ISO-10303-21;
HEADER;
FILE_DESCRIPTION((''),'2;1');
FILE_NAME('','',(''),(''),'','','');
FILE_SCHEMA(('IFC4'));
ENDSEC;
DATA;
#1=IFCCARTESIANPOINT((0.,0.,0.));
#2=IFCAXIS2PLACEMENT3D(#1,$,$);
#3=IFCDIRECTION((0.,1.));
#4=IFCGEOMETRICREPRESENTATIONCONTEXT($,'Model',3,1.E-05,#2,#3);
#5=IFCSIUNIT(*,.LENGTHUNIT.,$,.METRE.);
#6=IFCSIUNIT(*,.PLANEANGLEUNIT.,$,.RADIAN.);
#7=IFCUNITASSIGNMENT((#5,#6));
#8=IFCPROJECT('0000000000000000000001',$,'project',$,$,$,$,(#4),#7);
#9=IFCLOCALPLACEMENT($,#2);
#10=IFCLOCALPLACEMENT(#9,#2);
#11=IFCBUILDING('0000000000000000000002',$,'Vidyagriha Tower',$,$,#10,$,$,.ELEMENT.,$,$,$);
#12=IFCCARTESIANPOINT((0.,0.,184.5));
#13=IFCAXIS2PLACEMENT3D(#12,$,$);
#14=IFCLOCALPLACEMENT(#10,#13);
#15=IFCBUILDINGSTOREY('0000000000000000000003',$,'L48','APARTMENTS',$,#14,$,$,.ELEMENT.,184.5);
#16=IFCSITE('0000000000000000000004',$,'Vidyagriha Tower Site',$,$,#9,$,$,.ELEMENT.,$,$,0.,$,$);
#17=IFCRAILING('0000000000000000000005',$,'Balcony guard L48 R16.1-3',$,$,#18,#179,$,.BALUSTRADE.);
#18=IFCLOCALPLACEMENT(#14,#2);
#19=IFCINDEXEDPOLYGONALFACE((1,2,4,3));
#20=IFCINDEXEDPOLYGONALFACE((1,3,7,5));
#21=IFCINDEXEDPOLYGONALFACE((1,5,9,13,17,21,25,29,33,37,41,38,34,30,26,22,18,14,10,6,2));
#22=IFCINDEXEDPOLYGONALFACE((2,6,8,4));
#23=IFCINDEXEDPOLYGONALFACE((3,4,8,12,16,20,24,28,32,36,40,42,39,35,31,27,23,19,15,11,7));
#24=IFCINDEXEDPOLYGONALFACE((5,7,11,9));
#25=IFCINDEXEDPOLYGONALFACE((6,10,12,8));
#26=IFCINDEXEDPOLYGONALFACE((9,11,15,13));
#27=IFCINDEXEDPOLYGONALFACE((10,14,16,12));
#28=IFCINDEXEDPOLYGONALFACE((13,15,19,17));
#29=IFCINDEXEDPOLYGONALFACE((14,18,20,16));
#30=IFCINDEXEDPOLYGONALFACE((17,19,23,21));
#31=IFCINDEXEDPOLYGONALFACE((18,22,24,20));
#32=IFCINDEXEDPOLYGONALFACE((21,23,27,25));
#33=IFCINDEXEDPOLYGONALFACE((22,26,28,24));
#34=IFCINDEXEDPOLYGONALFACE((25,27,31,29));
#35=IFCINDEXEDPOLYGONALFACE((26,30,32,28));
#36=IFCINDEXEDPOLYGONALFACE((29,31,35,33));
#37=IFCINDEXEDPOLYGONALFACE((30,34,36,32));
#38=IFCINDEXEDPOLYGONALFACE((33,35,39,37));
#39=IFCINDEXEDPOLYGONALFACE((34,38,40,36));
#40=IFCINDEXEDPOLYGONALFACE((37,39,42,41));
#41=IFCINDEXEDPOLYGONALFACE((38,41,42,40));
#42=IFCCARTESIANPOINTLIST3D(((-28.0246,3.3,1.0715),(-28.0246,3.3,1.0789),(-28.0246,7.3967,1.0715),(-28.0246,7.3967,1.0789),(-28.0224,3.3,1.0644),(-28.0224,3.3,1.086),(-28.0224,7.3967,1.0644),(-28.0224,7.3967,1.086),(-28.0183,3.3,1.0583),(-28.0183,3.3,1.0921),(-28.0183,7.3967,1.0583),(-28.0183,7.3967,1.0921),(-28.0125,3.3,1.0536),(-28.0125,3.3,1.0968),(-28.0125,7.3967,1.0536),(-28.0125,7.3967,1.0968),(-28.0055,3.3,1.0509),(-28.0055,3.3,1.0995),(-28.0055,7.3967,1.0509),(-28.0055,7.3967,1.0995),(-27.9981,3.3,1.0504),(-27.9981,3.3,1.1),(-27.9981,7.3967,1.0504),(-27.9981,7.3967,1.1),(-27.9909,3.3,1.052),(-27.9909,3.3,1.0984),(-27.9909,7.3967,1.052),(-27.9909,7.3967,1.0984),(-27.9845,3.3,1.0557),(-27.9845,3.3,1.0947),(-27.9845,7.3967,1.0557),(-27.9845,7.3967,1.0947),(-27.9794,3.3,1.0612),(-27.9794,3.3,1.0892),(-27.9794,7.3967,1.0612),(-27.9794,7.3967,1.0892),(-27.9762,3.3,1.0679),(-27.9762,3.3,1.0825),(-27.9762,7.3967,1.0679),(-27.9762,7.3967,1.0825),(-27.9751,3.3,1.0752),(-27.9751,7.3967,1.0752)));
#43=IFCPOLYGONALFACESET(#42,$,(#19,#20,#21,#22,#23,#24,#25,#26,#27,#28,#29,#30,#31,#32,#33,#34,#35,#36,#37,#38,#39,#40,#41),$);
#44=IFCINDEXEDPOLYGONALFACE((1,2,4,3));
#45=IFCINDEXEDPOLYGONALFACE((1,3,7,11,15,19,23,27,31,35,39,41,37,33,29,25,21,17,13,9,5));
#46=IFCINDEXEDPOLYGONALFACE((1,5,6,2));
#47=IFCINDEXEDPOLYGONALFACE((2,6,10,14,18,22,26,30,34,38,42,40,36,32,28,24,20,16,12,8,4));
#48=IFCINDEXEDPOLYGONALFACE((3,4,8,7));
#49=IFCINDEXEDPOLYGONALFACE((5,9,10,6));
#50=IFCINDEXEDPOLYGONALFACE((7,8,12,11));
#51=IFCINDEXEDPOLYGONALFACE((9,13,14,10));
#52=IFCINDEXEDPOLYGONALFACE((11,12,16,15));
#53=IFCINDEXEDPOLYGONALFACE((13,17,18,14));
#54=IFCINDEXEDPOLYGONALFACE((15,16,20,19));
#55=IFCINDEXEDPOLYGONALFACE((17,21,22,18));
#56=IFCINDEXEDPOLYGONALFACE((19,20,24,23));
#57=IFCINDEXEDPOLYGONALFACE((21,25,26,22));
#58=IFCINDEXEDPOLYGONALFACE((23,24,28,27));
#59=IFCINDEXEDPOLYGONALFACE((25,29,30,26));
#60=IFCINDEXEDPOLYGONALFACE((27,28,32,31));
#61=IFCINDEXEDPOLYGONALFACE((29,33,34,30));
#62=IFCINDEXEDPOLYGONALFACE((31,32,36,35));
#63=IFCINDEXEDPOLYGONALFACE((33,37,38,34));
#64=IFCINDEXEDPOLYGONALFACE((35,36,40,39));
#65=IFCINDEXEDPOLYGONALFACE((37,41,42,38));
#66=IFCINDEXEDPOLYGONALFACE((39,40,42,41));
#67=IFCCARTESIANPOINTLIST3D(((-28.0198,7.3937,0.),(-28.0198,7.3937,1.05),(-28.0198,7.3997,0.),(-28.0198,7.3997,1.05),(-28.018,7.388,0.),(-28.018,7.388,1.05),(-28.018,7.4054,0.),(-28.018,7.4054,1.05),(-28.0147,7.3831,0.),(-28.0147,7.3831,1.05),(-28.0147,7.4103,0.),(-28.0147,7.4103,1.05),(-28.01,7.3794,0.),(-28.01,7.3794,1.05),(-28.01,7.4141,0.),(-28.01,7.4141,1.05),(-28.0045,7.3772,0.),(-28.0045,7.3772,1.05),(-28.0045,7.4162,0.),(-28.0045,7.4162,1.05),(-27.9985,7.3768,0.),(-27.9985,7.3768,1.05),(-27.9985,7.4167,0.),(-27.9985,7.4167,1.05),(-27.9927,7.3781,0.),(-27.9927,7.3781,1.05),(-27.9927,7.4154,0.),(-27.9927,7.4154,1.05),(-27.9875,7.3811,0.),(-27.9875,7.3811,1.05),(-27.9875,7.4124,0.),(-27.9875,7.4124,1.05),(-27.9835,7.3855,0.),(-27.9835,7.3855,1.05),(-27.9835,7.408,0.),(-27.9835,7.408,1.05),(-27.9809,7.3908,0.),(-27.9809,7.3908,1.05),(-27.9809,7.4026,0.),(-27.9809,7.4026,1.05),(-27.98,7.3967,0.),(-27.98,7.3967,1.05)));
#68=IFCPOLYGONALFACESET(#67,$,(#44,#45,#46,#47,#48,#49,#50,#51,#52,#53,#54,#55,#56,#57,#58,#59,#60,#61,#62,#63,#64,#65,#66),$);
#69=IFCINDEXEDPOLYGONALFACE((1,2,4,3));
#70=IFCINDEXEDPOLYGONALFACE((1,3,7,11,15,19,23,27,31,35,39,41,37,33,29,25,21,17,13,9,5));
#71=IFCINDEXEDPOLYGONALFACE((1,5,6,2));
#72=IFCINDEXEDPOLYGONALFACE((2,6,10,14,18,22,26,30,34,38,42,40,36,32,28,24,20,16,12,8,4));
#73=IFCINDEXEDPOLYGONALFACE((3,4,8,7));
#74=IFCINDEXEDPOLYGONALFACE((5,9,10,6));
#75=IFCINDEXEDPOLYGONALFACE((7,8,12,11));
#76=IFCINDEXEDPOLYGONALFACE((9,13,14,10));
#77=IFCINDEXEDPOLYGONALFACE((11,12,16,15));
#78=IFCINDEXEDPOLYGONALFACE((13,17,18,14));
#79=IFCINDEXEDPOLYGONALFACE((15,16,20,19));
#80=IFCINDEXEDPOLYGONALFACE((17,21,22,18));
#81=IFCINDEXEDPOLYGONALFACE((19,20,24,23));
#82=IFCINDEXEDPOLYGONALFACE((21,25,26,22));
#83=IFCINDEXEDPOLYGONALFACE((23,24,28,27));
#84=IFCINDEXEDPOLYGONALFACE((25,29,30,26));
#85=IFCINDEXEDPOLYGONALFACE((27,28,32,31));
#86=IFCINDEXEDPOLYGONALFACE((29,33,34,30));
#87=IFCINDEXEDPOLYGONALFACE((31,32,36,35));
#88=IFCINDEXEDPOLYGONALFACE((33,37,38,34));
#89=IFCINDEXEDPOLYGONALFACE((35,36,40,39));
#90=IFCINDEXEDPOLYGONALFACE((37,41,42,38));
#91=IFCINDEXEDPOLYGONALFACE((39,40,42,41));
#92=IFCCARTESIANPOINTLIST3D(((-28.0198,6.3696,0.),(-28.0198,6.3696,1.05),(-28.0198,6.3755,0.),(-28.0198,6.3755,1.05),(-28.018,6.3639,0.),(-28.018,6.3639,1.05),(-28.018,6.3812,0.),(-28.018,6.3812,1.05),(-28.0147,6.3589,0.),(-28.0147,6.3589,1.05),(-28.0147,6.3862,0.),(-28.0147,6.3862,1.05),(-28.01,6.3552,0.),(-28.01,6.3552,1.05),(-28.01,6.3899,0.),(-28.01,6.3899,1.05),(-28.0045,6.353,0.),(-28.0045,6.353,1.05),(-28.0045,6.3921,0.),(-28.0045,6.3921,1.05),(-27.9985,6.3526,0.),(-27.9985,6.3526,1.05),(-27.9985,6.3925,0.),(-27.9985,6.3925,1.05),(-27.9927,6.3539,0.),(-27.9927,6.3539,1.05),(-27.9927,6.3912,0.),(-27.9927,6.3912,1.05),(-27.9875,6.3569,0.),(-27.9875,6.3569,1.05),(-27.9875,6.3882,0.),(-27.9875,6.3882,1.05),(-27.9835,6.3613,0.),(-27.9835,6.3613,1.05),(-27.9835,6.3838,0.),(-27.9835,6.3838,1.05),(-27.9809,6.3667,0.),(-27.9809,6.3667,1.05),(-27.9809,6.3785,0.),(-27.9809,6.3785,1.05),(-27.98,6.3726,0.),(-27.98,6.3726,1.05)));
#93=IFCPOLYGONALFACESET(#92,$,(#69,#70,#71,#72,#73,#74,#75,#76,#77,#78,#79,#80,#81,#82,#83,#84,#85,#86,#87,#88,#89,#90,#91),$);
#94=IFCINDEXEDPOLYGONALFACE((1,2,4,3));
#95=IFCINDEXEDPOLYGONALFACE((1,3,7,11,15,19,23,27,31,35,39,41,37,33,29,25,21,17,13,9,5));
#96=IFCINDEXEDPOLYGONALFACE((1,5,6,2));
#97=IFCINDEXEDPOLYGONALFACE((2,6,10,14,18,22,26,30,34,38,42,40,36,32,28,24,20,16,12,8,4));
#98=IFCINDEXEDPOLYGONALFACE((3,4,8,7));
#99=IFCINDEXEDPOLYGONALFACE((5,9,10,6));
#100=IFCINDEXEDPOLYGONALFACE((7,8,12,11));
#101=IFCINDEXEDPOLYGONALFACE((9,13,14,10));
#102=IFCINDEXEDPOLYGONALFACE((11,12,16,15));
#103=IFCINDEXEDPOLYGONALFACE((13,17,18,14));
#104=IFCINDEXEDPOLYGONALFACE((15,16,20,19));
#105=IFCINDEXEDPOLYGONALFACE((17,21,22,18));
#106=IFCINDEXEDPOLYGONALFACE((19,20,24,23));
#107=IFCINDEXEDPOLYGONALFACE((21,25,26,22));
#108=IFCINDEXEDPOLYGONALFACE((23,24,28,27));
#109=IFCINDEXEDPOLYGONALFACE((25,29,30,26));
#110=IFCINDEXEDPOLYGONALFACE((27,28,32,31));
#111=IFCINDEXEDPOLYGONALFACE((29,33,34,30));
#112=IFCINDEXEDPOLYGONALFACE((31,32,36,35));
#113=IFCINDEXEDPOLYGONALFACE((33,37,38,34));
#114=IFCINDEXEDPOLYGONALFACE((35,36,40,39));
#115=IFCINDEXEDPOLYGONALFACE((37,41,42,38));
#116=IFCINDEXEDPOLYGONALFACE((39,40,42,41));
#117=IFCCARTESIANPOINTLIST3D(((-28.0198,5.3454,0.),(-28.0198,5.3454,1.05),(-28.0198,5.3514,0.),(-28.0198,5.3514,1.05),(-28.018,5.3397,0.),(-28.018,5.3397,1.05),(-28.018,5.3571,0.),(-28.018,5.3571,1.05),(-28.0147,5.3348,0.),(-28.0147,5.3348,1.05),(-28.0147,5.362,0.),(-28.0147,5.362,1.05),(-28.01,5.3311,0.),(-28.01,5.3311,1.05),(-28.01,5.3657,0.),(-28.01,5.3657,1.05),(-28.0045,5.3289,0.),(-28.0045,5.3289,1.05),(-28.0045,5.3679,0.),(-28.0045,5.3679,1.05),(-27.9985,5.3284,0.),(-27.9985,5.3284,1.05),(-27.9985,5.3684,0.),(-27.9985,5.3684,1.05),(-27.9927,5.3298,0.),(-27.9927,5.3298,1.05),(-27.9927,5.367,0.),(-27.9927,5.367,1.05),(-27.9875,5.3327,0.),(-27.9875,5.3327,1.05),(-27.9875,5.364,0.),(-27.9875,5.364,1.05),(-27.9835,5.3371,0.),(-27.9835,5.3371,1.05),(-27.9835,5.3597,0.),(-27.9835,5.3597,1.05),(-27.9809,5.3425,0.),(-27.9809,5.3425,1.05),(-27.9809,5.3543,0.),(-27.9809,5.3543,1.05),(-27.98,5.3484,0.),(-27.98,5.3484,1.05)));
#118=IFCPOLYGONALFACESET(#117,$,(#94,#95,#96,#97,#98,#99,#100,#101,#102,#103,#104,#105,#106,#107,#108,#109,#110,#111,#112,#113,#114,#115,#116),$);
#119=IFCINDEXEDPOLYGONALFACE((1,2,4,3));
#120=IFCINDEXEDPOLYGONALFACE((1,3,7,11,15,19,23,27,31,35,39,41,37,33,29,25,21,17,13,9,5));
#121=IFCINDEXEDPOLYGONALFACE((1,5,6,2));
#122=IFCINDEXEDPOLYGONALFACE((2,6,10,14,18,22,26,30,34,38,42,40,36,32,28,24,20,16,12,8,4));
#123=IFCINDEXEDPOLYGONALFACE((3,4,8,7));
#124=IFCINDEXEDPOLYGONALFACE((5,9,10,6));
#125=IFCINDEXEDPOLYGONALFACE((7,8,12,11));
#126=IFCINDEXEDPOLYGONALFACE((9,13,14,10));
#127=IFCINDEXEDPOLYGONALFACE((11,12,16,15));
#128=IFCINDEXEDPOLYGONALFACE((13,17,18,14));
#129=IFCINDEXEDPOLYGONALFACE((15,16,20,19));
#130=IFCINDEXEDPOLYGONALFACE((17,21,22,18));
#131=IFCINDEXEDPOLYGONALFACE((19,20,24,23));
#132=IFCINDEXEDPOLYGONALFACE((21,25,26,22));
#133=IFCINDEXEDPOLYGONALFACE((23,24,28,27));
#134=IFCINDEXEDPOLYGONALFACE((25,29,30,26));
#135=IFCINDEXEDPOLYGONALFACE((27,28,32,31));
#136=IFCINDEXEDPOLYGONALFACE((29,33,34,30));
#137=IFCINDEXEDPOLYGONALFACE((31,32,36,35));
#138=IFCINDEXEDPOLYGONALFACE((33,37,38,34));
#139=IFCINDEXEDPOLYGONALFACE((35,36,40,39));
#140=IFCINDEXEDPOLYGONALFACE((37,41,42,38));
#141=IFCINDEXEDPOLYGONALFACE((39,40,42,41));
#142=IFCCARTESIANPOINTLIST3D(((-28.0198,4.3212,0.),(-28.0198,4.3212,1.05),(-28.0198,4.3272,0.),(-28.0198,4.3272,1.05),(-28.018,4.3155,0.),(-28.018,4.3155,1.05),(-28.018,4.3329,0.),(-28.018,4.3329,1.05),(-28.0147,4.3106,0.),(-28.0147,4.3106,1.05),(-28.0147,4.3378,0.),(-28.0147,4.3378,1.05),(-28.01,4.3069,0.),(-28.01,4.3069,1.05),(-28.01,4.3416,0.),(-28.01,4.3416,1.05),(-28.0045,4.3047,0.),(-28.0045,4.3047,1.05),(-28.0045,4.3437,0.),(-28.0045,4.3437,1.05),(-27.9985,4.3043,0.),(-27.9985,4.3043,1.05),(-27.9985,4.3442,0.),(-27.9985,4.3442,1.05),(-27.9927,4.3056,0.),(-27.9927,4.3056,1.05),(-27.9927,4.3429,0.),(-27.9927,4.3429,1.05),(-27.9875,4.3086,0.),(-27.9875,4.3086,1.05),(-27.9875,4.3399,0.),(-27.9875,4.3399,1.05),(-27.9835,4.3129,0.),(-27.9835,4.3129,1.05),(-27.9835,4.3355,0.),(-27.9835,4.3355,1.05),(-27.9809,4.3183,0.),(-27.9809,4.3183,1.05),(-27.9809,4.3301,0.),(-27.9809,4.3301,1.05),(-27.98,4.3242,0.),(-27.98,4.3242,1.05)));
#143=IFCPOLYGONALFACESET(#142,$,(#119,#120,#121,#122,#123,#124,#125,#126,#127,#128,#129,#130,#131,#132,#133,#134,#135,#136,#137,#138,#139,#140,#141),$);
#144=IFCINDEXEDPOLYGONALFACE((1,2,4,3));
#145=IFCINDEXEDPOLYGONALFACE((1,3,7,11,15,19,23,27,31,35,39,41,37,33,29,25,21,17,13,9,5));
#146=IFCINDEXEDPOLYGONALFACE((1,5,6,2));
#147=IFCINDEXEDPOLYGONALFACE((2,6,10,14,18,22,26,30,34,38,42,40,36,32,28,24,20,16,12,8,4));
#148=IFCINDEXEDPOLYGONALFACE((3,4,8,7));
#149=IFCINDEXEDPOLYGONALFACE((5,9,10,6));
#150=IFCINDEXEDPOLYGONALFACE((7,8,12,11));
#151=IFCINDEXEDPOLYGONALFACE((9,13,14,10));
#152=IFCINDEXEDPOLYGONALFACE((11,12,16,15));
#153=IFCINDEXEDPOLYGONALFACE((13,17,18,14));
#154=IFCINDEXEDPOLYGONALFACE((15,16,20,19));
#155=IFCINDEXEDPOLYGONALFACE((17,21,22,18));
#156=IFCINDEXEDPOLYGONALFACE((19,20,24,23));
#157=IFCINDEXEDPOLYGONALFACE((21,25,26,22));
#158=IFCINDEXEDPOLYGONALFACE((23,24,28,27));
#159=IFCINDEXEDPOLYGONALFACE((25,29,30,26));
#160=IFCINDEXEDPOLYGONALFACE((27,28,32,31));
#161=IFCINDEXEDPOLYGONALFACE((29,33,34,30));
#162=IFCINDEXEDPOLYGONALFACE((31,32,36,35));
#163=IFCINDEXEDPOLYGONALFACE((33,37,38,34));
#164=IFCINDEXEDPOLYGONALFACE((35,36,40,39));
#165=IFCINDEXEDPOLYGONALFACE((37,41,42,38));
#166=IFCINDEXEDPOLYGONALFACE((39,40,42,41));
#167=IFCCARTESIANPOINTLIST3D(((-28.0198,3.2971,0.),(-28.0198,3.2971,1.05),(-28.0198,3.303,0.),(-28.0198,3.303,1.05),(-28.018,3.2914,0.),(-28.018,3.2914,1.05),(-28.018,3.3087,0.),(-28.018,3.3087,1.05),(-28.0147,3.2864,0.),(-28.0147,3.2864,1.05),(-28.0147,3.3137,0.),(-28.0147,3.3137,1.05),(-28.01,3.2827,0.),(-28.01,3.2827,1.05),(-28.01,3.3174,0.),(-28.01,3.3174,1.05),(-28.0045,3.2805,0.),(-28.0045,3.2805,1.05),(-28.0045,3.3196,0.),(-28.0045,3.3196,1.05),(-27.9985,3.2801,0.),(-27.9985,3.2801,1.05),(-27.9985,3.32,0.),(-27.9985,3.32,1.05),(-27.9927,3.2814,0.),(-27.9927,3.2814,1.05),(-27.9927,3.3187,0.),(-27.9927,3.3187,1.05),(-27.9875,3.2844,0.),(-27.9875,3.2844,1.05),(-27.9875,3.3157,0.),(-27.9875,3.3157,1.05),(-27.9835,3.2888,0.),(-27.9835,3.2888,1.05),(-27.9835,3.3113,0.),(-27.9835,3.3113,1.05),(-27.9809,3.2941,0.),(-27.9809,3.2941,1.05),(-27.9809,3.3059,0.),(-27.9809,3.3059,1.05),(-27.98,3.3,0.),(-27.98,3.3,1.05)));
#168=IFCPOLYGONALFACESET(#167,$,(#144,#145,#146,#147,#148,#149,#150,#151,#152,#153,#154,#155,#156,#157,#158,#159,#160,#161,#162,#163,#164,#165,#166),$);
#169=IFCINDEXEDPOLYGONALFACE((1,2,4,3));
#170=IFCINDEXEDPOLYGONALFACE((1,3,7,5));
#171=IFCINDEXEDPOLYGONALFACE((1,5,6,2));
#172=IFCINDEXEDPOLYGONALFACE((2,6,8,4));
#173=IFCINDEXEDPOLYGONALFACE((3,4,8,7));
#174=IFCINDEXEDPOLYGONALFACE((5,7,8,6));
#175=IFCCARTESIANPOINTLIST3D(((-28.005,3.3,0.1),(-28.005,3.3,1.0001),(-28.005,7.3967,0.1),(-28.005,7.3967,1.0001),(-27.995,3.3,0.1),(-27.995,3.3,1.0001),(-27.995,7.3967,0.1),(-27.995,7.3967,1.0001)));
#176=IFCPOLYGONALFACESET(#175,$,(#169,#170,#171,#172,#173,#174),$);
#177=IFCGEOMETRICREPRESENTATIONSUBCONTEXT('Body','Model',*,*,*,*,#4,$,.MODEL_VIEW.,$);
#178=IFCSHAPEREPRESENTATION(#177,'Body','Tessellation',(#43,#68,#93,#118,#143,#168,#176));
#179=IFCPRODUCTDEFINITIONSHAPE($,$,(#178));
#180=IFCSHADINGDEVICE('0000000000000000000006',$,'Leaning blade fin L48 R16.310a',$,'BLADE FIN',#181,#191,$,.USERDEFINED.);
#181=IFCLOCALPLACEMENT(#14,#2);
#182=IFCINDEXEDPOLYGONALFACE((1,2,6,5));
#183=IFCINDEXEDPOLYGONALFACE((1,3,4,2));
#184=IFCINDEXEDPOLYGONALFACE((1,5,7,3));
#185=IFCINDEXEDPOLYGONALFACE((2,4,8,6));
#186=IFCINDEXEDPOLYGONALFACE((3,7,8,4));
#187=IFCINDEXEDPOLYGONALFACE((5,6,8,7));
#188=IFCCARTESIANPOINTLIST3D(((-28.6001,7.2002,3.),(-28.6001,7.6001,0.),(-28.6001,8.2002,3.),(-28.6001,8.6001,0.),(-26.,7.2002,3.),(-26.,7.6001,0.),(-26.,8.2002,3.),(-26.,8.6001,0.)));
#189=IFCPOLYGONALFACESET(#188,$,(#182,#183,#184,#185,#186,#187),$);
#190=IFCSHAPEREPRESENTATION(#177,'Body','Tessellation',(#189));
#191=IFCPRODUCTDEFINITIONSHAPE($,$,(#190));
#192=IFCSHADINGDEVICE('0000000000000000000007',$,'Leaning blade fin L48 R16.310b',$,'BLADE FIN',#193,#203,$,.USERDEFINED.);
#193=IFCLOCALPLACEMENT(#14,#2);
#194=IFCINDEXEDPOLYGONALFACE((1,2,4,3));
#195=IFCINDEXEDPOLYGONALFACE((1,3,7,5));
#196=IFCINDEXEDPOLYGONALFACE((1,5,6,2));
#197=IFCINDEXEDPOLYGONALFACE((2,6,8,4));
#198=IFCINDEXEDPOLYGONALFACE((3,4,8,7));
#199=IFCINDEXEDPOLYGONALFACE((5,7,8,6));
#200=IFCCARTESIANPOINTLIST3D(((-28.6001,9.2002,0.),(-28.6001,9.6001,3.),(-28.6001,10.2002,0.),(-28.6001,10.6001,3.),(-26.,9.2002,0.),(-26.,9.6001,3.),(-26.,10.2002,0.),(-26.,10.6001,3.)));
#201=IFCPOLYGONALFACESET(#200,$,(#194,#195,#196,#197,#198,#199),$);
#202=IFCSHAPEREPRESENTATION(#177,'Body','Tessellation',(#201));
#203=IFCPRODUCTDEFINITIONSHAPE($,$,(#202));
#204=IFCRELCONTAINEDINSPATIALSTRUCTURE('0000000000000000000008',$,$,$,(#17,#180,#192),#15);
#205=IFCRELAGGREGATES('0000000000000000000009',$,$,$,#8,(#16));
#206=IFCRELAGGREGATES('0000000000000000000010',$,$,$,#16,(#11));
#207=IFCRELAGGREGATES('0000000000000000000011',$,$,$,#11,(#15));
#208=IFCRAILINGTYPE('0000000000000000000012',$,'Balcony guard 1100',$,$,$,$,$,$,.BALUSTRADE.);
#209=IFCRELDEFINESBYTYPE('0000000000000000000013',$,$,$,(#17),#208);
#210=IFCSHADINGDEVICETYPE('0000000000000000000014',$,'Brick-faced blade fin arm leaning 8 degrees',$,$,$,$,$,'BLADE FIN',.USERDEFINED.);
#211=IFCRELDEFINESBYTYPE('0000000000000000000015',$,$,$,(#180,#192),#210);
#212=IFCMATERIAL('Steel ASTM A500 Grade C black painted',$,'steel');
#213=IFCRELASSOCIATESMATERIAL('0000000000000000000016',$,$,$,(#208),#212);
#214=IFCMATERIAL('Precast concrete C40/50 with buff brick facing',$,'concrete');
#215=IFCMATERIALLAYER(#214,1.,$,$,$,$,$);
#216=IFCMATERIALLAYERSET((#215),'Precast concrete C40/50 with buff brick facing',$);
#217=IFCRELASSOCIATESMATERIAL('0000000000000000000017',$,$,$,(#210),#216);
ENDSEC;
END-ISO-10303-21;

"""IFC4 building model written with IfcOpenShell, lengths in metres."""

from ifc_helpers import new_model, si_unit, direction, frame, origin, origin_2d, place, context, subcontext, project, spatial, polyline, rectangle, circle, outline, extrude, material, layer, layer_set, type_object, element, save


model = new_model("IFC4")

# Units and contexts
model_context = context("Model", 3, precision=1e-05, world=origin(), true_north=direction((0.0, 1.0)))
body_context = subcontext(model_context, "Body", "Model", "MODEL_VIEW")
ifc_project = project(units=[si_unit("LENGTHUNIT", "METRE"), si_unit("PLANEANGLEUNIT", "RADIAN")], contexts=[model_context])

# Site, building, storey
site_placement = place(None, origin())
site = spatial("IfcSite", under=ifc_project, at=site_placement, Name="Vidyagriha Tower Site", CompositionType="ELEMENT", RefElevation=0.0)
building_placement = place(site_placement, origin())
building = spatial("IfcBuilding", under=site, at=building_placement, Name="Vidyagriha Tower", CompositionType="ELEMENT")
storey_placement = place(building_placement, frame((0.0, 0.0, 184.5)))
storey = spatial("IfcBuildingStorey", under=building, at=storey_placement, Name="L48", Description="APARTMENTS", CompositionType="ELEMENT", Elevation=184.5)

# Railing
ifc_material_1 = material(Name="Steel ASTM A500 Grade C black painted", Category="steel")
railing_type = type_object("IfcRailingType", Name="Balcony guard 1100", PredefinedType="BALUSTRADE", material=ifc_material_1)
railing_1_placement = place(storey_placement, frame((-28.0, 7.3967, 0.0)))
element("IfcRailing", 1, at=railing_1_placement, inside=storey, type_object=railing_type, Name="Balcony guard L48 R16.1-3", PredefinedType="BALUSTRADE", context=body_context, shape_type="SweptSolid", body=[
    extrude(circle(Radius=0.0249, at=origin_2d()), frame((0.0, 0.0, 1.0752), z_axis=(0.0, -1.0, 0.0), x_axis=(1.0, 0.0, 0.0)), (0.0, 0.0, 1.0), 4.0967),
    extrude(circle(Radius=0.02, at=origin_2d()), origin(), (0.0, 0.0, 1.0), 1.05),
    extrude(circle(Radius=0.02, at=origin_2d()), frame((0.0, -1.0242, 0.0)), (0.0, 0.0, 1.0), 1.05),
    extrude(circle(Radius=0.02, at=origin_2d()), frame((0.0, -2.0483, 0.0)), (0.0, 0.0, 1.0), 1.05),
    extrude(circle(Radius=0.02, at=origin_2d()), frame((0.0, -3.0725, 0.0)), (0.0, 0.0, 1.0), 1.05),
    extrude(circle(Radius=0.02, at=origin_2d()), frame((0.0, -4.0967, 0.0)), (0.0, 0.0, 1.0), 1.05),
    extrude(rectangle(XDim=0.01, YDim=0.9001, at=origin_2d()), frame((0.0, 0.0, 0.55), z_axis=(0.0, -1.0, 0.0), x_axis=(1.0, 0.0, 0.0)), (0.0, 0.0, 1.0), 4.0967),
])

# Shading devices
ifc_material_2 = material(Name="Precast concrete C40/50 with buff brick facing", Category="concrete")
ifc_layer_1 = layer(ifc_material_2, 1.0)
ifc_layer_set_1 = layer_set([ifc_layer_1], Name="Precast concrete C40/50 with buff brick facing")
shading_device_type_1 = type_object("IfcShadingDeviceType", Name="Brick-faced blade fin arm leaning 8 degrees", ElementType="BLADE FIN", PredefinedType="USERDEFINED", material=ifc_layer_set_1)
shading_device_1_placement = place(storey_placement, frame((-27.3, 8.6001, 0.0), z_axis=(0.0, 0.0, 1.0), x_axis=(0.0, -1.0, 0.0)))
element("IfcShadingDevice", 2, at=shading_device_1_placement, inside=storey, type_object=shading_device_type_1, Name="Leaning blade fin L48 R16.310a", ObjectType="BLADE FIN", PredefinedType="USERDEFINED", context=body_context, shape_type="SweptSolid", body=[
    extrude(outline(polyline([(0.0, 0.0), (1.0, 0.0), (1.3999, 3.0), (0.3999, 3.0), (0.0, 0.0)])), frame((0.0, 1.3, 0.0), z_axis=(0.0, -1.0, 0.0), x_axis=(1.0, 0.0, 0.0)), (0.0, 0.0, 1.0), 2.6001),
])
shading_device_2_placement = place(storey_placement, frame((-27.3, 10.6001, 0.0), z_axis=(0.0, 0.0, 1.0), x_axis=(0.0, -1.0, 0.0)))
element("IfcShadingDevice", 3, at=shading_device_2_placement, inside=storey, type_object=shading_device_type_1, Name="Leaning blade fin L48 R16.310b", ObjectType="BLADE FIN", PredefinedType="USERDEFINED", context=body_context, shape_type="SweptSolid", body=[
    extrude(outline(polyline([(0.3999, 0.0), (1.3999, 0.0), (1.0, 3.0), (0.0, 3.0), (0.3999, 0.0)])), frame((0.0, 1.3, 0.0), z_axis=(0.0, -1.0, 0.0), x_axis=(1.0, 0.0, 0.0)), (0.0, 0.0, 1.0), 2.6001),
])

save(model, "model.ifc")
